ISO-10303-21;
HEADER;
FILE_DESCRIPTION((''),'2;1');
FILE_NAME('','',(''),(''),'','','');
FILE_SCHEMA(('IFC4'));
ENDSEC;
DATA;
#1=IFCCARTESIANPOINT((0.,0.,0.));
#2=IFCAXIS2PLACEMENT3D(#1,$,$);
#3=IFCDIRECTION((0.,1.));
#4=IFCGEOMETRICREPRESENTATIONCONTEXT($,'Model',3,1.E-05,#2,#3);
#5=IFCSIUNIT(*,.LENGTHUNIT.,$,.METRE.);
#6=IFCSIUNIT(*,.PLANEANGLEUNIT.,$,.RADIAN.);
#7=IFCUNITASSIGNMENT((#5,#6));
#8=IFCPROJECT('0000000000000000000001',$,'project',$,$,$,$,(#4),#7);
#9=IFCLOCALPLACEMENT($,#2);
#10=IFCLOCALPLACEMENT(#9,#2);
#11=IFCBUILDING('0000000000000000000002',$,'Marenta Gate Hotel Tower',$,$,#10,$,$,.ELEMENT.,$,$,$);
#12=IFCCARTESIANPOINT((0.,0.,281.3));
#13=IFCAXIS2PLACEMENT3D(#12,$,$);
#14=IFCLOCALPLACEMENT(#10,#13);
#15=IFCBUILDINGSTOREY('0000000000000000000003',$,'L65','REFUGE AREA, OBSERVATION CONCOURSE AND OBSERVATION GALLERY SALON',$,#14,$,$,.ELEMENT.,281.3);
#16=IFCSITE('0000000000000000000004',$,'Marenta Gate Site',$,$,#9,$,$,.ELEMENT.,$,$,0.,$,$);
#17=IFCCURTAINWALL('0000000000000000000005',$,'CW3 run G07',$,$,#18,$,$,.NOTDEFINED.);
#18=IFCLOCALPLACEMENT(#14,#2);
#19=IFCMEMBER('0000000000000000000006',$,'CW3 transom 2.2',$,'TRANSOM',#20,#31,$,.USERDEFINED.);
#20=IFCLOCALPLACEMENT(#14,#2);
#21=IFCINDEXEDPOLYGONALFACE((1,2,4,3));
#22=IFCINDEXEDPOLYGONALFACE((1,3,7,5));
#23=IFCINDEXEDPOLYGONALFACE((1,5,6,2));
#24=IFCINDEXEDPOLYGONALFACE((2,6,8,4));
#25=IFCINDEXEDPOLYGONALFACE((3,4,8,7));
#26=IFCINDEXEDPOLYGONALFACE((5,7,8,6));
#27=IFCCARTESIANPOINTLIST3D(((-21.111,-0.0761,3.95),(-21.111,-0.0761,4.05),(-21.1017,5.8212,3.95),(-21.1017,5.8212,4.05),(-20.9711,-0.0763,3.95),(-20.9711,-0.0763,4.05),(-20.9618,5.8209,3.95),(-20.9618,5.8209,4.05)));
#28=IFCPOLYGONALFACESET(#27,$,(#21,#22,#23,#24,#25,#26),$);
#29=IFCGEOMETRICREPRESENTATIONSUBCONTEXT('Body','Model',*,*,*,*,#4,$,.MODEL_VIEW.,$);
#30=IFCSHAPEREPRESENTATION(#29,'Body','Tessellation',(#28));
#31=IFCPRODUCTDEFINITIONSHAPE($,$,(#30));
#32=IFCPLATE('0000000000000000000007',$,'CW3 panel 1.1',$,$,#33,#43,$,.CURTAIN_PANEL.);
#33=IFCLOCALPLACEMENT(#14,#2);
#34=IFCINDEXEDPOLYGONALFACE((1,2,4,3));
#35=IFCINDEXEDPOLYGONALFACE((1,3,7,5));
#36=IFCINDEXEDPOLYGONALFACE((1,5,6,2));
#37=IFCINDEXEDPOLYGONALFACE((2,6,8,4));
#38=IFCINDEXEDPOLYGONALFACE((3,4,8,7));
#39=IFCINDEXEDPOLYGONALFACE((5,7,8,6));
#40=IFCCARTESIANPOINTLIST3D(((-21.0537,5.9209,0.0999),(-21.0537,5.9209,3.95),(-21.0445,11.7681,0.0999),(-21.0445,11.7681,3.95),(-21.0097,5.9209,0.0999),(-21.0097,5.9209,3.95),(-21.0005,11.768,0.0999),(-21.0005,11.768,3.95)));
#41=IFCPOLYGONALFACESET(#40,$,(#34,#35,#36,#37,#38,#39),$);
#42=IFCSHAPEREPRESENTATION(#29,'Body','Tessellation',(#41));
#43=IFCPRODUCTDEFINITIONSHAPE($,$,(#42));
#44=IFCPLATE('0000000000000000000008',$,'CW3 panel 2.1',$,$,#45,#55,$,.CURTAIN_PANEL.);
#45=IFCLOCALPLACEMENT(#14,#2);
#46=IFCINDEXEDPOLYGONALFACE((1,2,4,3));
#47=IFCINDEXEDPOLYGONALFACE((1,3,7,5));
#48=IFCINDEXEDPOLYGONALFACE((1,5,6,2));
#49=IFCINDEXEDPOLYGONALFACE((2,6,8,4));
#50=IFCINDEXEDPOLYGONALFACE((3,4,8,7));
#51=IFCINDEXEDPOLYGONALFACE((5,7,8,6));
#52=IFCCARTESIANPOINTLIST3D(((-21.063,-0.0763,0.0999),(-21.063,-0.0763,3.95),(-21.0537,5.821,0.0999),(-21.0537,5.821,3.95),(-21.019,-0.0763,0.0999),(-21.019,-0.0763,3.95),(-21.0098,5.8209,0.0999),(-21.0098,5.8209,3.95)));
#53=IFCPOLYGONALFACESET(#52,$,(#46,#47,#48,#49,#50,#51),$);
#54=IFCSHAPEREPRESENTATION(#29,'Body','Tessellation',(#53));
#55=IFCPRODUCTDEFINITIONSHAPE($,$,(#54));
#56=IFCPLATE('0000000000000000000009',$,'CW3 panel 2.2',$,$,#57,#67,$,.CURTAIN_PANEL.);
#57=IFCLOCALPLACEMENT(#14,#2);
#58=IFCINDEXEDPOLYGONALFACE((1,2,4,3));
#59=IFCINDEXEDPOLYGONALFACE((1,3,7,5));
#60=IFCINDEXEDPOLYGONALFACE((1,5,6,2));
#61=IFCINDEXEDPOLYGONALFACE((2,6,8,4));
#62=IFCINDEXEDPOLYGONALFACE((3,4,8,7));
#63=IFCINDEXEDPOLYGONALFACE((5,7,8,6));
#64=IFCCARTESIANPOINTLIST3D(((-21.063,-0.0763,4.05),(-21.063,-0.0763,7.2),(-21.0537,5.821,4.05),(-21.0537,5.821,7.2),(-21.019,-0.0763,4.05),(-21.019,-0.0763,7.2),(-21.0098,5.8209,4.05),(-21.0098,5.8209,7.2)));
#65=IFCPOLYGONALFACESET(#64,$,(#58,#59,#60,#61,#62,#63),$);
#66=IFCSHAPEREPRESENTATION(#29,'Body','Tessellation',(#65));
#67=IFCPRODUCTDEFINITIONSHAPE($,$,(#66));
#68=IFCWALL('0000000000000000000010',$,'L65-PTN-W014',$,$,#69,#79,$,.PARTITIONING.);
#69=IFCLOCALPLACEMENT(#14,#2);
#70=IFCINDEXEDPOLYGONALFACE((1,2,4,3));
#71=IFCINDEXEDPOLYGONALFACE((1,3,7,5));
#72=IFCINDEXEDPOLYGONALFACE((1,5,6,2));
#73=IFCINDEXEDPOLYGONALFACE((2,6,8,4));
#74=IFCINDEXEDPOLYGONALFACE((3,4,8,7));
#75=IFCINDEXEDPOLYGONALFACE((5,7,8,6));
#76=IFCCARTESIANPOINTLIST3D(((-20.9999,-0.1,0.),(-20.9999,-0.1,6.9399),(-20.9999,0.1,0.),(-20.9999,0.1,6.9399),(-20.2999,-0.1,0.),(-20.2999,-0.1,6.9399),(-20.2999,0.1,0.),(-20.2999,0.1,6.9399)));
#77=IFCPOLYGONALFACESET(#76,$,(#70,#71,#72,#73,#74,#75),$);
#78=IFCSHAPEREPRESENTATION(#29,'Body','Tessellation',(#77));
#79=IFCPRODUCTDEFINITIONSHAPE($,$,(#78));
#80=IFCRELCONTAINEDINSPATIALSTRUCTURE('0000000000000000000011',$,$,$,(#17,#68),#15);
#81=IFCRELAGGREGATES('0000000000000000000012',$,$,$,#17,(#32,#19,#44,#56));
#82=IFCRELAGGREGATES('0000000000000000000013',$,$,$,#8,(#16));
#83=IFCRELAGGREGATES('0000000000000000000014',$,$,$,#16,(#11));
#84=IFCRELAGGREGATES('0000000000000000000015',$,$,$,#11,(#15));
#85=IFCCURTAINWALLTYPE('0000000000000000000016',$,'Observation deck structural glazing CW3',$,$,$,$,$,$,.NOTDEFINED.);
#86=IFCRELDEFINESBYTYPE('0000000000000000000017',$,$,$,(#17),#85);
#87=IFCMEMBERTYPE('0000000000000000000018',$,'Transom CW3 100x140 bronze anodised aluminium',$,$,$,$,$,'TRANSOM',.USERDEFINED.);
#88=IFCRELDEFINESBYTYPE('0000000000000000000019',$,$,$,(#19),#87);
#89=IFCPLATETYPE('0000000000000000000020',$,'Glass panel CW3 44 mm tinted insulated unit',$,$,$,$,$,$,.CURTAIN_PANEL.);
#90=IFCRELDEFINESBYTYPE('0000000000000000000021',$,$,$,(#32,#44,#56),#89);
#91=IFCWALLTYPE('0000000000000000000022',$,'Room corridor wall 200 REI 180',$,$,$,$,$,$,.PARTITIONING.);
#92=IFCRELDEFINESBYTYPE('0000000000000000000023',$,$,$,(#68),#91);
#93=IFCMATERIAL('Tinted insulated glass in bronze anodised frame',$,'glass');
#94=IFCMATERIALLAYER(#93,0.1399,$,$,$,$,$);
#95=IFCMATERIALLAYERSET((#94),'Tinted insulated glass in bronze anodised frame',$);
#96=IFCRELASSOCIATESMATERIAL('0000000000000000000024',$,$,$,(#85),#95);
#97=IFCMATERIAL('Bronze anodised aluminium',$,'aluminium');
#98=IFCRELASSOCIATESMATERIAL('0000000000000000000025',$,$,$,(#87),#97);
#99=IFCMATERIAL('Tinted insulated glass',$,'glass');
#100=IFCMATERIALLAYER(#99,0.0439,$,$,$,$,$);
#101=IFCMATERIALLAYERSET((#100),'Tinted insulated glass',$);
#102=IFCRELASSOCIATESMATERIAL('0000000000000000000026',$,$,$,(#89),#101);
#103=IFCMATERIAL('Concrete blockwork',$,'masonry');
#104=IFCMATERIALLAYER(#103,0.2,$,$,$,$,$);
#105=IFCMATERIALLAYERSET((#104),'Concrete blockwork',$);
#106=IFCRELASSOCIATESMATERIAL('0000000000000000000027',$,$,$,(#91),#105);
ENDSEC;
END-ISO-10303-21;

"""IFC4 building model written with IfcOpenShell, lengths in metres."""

from ifc_helpers import new_model, si_unit, direction, frame, frame_2d, origin, origin_2d, place, context, subcontext, project, spatial, rectangle, extrude, material, layer, layer_set, material_profile, profile_set, type_object, element, aggregate, save


model = new_model("IFC4")

# Units and contexts
model_context = context("Model", 3, precision=1e-05, world=origin(), true_north=direction((0.0, 1.0)))
body_context = subcontext(model_context, "Body", "Model", "MODEL_VIEW")
ifc_project = project(units=[si_unit("LENGTHUNIT", "METRE"), si_unit("PLANEANGLEUNIT", "RADIAN")], contexts=[model_context])

# Site, building, storey
site_placement = place(None, origin())
site = spatial("IfcSite", under=ifc_project, at=site_placement, Name="Marenta Gate Site", CompositionType="ELEMENT", RefElevation=0.0)
building_placement = place(site_placement, origin())
building = spatial("IfcBuilding", under=site, at=building_placement, Name="Marenta Gate Hotel Tower", CompositionType="ELEMENT")
storey_placement = place(building_placement, frame((0.0, 0.0, 281.3)))
storey = spatial("IfcBuildingStorey", under=building, at=storey_placement, Name="L65", Description="REFUGE AREA, OBSERVATION CONCOURSE AND OBSERVATION GALLERY SALON", CompositionType="ELEMENT", Elevation=281.3)

# Curtain wall, member, plates
ifc_material_1 = material(Name="Tinted insulated glass in bronze anodised frame", Category="glass")
ifc_layer_1 = layer(ifc_material_1, 0.1399)
ifc_layer_set_1 = layer_set([ifc_layer_1], Name="Tinted insulated glass in bronze anodised frame")
curtain_wall_type = type_object("IfcCurtainWallType", Name="Observation deck structural glazing CW3", PredefinedType="NOTDEFINED", material=ifc_layer_set_1)
curtain_wall_placement = place(storey_placement, origin())
curtain_wall = element("IfcCurtainWall", 1, at=curtain_wall_placement, inside=storey, type_object=curtain_wall_type, Name="CW3 run G07", PredefinedType="NOTDEFINED")
ifc_material_2 = material(Name="Bronze anodised aluminium", Category="aluminium")
ifc_material_profile_1 = material_profile(ifc_material_2, rectangle(XDim=0.1399, YDim=0.1001, at=origin_2d()), Name="Transom CW3 100x140 bronze anodised aluminium")
ifc_profile_set_1 = profile_set([ifc_material_profile_1], Name="Bronze anodised aluminium")
member_type_1 = type_object("IfcMemberType", Name="Transom CW3 100x140 bronze anodised aluminium", ElementType="TRANSOM", PredefinedType="USERDEFINED", material=ifc_profile_set_1)
member_1_placement = place(storey_placement, frame((-21.0317, 5.821, 4.0), z_axis=(-0.001573, -0.999999, 0.0), x_axis=(0.999999, -0.001573, 0.0)))
member_1 = element("IfcMember", 2, at=member_1_placement, type_object=member_type_1, Name="CW3 transom 2.2", ObjectType="TRANSOM", PredefinedType="USERDEFINED", context=body_context, shape_type="SweptSolid", body=[
    extrude(rectangle(XDim=0.1399, YDim=0.1001, at=origin_2d()), origin(), (0.0, 0.0, 1.0), 5.8972),
])
ifc_material_3 = material(Name="Tinted insulated glass", Category="glass")
ifc_layer_2 = layer(ifc_material_3, 0.0439)
ifc_layer_set_2 = layer_set([ifc_layer_2], Name="Tinted insulated glass")
plate_type = type_object("IfcPlateType", Name="Glass panel CW3 44 mm tinted insulated unit", PredefinedType="CURTAIN_PANEL", material=ifc_layer_set_2)
plate_1_placement = place(storey_placement, frame((-21.0271, 8.8445, 0.0999), z_axis=(0.0, 0.0, 1.0), x_axis=(-0.001567, -0.999999, 0.0)))
plate_1 = element("IfcPlate", 3, at=plate_1_placement, type_object=plate_type, Name="CW3 panel 1.1", PredefinedType="CURTAIN_PANEL", context=body_context, shape_type="SweptSolid", body=[
    extrude(rectangle(XDim=5.8472, YDim=0.0439, at=origin_2d()), origin(), (0.0, 0.0, 1.0), 3.8501),
])
plate_2_placement = place(storey_placement, frame((-21.0364, 2.8723, 0.0999), z_axis=(0.0, 0.0, 1.0), x_axis=(-0.001567, -0.999999, 0.0)))
plate_2 = element("IfcPlate", 4, at=plate_2_placement, type_object=plate_type, Name="CW3 panel 2.1", PredefinedType="CURTAIN_PANEL", context=body_context, shape_type="SweptSolid", body=[
    extrude(rectangle(XDim=5.8972, YDim=0.0439, at=origin_2d()), origin(), (0.0, 0.0, 1.0), 3.8501),
])
plate_3_placement = place(storey_placement, frame((-21.0364, 2.8723, 4.05), z_axis=(0.0, 0.0, 1.0), x_axis=(-0.001567, -0.999999, 0.0)))
plate_3 = element("IfcPlate", 5, at=plate_3_placement, type_object=plate_type, Name="CW3 panel 2.2", PredefinedType="CURTAIN_PANEL", context=body_context, shape_type="SweptSolid", body=[
    extrude(rectangle(XDim=5.8972, YDim=0.0439, at=origin_2d()), origin(), (0.0, 0.0, 1.0), 3.1499),
])
aggregate(curtain_wall, [plate_1, member_1, plate_2, plate_3])

# Wall
ifc_material_4 = material(Name="Concrete blockwork", Category="masonry")
ifc_layer_3 = layer(ifc_material_4, 0.2)
ifc_layer_set_3 = layer_set([ifc_layer_3], Name="Concrete blockwork")
wall_type_1 = type_object("IfcWallType", Name="Room corridor wall 200 REI 180", PredefinedType="PARTITIONING", material=ifc_layer_set_3)
wall_1_placement = place(storey_placement, frame((-21.0, 0.0, 0.0), z_axis=(0.0, 0.0, 1.0), x_axis=(1.0, 0.0, 0.0)))
element("IfcWall", 6, at=wall_1_placement, inside=storey, type_object=wall_type_1, Name="L65-PTN-W014", PredefinedType="PARTITIONING", context=body_context, shape_type="SweptSolid", body=[
    extrude(rectangle(XDim=0.7, YDim=0.2, at=frame_2d((0.3501, 0.0))), origin(), (0.0, 0.0, 1.0), 6.9399),
])

save(model, "model.ifc")
